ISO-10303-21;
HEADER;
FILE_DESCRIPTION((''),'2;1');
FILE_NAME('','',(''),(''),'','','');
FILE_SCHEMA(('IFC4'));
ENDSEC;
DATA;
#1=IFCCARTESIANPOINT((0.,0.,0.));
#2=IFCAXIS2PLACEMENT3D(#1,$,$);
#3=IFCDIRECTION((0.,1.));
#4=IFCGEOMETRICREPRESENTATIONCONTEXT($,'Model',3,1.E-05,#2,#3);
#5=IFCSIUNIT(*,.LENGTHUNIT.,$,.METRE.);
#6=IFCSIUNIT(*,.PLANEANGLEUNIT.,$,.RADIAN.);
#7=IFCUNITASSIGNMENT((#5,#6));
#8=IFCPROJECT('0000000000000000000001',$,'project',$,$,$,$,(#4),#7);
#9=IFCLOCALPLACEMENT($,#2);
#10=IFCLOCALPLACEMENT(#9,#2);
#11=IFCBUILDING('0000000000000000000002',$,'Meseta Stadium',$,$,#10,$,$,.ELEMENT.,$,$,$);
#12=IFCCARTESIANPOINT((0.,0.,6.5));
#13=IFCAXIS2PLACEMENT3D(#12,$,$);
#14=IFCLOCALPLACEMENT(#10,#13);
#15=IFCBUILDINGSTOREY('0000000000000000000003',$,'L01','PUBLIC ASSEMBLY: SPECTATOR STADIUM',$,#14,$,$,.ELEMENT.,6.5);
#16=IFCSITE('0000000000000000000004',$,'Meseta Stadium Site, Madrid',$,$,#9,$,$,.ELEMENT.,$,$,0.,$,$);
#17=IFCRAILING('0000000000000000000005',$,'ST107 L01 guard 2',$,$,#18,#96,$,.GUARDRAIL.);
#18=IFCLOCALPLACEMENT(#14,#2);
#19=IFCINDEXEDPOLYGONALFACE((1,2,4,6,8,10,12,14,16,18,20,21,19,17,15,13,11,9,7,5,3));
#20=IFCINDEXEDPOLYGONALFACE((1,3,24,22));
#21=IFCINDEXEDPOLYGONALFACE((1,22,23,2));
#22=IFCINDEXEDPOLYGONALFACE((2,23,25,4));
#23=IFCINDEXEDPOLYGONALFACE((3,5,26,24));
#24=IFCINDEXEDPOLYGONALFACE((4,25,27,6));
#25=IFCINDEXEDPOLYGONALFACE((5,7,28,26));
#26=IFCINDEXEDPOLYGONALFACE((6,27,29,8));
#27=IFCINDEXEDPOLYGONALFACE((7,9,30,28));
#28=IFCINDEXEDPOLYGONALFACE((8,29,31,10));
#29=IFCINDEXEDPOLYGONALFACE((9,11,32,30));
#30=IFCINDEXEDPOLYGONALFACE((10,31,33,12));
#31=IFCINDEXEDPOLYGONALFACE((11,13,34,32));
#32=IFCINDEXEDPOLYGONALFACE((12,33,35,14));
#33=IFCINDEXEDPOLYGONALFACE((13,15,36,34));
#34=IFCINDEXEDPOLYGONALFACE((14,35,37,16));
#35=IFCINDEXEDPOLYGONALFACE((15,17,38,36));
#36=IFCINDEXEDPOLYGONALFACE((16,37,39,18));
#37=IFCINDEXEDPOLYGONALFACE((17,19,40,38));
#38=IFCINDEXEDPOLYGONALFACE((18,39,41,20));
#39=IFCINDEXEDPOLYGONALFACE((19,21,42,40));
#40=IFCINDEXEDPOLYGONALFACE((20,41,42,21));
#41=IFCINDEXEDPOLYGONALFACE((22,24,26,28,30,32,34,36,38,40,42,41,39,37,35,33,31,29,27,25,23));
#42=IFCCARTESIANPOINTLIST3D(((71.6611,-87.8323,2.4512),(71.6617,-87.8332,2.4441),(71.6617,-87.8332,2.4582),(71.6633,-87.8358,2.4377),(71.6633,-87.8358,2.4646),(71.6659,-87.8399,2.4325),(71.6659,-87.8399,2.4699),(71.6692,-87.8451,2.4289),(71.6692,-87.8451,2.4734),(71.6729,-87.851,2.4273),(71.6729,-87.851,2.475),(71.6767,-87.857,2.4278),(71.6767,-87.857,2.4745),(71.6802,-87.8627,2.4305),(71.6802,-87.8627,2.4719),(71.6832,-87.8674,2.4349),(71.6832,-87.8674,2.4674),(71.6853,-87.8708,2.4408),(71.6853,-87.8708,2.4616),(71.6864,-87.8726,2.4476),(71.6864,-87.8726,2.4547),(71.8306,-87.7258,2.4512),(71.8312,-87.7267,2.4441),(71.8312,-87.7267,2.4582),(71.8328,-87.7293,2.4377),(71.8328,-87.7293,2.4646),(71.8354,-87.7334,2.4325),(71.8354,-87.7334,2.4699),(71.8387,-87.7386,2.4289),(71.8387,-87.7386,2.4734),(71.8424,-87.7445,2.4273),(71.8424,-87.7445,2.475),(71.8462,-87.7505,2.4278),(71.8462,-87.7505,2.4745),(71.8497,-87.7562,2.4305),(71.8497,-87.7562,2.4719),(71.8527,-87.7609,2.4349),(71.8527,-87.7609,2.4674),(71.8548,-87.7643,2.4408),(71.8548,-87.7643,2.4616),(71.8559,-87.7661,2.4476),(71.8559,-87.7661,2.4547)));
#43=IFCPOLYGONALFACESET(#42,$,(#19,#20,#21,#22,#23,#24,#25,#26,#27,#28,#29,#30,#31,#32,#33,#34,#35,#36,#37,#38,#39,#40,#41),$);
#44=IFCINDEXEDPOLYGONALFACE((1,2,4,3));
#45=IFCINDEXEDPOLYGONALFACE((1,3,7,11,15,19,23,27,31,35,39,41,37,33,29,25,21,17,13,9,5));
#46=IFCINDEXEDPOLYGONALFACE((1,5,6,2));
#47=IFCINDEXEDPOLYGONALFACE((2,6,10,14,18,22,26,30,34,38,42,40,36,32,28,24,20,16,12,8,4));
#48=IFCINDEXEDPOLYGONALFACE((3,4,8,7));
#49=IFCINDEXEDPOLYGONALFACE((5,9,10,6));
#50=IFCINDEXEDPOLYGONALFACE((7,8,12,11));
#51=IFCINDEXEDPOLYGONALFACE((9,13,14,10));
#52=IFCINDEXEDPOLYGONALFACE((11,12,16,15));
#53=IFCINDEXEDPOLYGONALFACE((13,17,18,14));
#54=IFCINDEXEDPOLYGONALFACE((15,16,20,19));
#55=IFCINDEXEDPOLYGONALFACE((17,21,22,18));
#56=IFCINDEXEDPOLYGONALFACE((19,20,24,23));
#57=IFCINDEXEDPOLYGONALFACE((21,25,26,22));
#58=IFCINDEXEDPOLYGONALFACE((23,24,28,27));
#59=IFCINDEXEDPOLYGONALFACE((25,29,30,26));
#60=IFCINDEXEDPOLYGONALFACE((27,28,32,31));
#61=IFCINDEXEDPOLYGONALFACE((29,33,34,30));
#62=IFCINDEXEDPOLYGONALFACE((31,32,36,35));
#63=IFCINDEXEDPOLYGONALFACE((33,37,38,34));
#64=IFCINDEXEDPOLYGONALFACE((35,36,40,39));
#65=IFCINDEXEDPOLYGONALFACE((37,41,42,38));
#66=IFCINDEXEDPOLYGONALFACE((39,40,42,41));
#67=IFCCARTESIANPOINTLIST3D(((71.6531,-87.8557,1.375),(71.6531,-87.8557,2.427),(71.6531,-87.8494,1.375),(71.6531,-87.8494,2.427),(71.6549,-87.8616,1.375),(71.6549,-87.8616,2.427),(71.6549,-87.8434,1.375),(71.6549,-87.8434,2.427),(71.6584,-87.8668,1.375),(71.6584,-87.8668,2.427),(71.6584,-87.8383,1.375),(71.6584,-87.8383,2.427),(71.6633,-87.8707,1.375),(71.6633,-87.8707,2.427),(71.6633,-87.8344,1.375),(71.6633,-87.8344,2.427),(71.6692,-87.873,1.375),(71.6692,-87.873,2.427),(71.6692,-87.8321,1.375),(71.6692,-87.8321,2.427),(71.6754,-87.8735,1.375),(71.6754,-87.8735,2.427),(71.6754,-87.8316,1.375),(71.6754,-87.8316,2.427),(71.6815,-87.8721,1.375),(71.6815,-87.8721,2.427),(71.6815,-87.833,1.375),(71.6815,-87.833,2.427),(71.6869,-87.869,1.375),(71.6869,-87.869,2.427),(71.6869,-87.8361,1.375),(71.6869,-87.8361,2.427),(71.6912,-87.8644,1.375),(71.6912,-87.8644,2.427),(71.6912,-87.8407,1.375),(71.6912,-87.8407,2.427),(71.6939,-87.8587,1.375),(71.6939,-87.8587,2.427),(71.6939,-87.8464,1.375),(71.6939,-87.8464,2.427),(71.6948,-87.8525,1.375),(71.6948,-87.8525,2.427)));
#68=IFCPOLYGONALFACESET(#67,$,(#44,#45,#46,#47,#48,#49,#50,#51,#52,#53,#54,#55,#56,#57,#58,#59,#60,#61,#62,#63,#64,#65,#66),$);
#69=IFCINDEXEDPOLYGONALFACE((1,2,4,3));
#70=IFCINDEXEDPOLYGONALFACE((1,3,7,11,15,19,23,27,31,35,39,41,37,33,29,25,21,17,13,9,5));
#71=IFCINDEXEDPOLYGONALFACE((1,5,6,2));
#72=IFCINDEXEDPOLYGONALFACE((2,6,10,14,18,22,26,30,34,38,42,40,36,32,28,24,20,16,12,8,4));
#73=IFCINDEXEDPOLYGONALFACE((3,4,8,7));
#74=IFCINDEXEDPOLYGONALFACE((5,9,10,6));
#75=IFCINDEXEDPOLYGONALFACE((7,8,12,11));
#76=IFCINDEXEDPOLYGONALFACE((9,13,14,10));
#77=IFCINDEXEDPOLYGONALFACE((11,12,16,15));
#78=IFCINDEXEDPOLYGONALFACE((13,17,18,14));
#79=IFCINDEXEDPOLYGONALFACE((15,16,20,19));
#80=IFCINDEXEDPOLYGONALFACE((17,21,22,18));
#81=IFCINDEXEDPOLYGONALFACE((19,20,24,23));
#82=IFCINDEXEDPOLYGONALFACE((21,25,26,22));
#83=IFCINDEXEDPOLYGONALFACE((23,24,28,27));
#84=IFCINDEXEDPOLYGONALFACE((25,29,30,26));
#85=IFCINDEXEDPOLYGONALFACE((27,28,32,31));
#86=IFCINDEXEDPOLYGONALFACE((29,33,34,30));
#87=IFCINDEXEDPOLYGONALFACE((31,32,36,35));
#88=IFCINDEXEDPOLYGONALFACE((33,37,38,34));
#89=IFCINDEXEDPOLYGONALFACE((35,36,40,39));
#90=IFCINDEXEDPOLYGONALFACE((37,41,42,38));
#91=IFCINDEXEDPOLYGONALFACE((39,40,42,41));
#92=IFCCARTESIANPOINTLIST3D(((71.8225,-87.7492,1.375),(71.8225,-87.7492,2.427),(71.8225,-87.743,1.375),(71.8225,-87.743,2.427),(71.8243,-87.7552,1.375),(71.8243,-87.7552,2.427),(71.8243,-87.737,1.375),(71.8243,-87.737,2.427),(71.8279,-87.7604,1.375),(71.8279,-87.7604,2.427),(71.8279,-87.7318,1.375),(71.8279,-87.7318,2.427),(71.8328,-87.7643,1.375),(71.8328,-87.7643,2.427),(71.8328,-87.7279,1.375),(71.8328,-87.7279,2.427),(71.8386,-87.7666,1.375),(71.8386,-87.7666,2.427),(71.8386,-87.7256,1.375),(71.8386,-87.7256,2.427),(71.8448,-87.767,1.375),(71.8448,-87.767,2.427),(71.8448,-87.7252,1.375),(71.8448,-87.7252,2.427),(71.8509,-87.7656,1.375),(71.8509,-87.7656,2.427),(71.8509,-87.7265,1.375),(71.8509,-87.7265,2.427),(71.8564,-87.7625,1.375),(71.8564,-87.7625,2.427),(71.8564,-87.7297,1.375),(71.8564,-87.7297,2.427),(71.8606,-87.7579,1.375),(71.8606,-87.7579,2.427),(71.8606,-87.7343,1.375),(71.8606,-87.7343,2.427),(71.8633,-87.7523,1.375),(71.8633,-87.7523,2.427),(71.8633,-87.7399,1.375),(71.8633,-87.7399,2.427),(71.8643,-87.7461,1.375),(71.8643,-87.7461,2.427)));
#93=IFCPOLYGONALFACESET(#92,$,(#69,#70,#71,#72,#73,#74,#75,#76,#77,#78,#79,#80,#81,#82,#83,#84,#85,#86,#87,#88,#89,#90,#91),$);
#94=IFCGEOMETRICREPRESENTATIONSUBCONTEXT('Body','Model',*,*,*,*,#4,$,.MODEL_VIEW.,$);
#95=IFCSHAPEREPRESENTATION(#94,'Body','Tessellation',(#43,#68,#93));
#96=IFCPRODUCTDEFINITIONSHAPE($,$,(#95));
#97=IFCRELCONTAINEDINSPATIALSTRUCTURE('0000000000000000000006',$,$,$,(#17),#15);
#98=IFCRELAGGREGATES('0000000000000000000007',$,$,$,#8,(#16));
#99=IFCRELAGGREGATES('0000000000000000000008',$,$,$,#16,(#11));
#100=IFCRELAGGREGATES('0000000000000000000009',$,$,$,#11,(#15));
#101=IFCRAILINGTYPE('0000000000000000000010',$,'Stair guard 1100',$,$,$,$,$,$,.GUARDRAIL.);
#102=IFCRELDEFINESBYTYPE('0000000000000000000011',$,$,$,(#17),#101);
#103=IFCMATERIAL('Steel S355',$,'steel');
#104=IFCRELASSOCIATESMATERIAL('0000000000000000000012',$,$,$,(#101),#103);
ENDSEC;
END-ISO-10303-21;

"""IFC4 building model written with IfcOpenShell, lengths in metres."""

from ifc_helpers import new_model, si_unit, direction, frame, origin, origin_2d, place, context, subcontext, project, spatial, circle, extrude, material, type_object, element, save


model = new_model("IFC4")

# Units and contexts
model_context = context("Model", 3, precision=1e-05, world=origin(), true_north=direction((0.0, 1.0)))
body_context = subcontext(model_context, "Body", "Model", "MODEL_VIEW")
ifc_project = project(units=[si_unit("LENGTHUNIT", "METRE"), si_unit("PLANEANGLEUNIT", "RADIAN")], contexts=[model_context])

# Site, building, storey
site_placement = place(None, origin())
site = spatial("IfcSite", under=ifc_project, at=site_placement, Name="Meseta Stadium Site, Madrid", CompositionType="ELEMENT", RefElevation=0.0)
building_placement = place(site_placement, origin())
building = spatial("IfcBuilding", under=site, at=building_placement, Name="Meseta Stadium", CompositionType="ELEMENT")
storey_placement = place(building_placement, frame((0.0, 0.0, 6.5)))
storey = spatial("IfcBuildingStorey", under=building, at=storey_placement, Name="L01", Description="PUBLIC ASSEMBLY: SPECTATOR STADIUM", CompositionType="ELEMENT", Elevation=6.5)

# Railing
ifc_material_1 = material(Name="Steel S355", Category="steel")
railing_type_1 = type_object("IfcRailingType", Name="Stair guard 1100", PredefinedType="GUARDRAIL", material=ifc_material_1)
railing_1_placement = place(storey_placement, frame((71.6738, -87.8525, 1.375)))
element("IfcRailing", 1, at=railing_1_placement, inside=storey, type_object=railing_type_1, Name="ST107 L01 guard 2", PredefinedType="GUARDRAIL", context=body_context, shape_type="SweptSolid", body=[
    extrude(circle(Radius=0.0239, at=origin_2d()), frame((0.0, 0.0, 1.0762), z_axis=(0.846762, 0.531972, 0.0), x_axis=(-0.531972, 0.846762, 0.0)), (0.0, 0.0, 1.0), 0.2002),
    extrude(circle(Radius=0.021, at=origin_2d()), origin(), (0.0, 0.0, 1.0), 1.052),
    extrude(circle(Radius=0.021, at=origin_2d()), frame((0.1694, 0.1064, 0.0)), (0.0, 0.0, 1.0), 1.052),
])

save(model, "model.ifc")
